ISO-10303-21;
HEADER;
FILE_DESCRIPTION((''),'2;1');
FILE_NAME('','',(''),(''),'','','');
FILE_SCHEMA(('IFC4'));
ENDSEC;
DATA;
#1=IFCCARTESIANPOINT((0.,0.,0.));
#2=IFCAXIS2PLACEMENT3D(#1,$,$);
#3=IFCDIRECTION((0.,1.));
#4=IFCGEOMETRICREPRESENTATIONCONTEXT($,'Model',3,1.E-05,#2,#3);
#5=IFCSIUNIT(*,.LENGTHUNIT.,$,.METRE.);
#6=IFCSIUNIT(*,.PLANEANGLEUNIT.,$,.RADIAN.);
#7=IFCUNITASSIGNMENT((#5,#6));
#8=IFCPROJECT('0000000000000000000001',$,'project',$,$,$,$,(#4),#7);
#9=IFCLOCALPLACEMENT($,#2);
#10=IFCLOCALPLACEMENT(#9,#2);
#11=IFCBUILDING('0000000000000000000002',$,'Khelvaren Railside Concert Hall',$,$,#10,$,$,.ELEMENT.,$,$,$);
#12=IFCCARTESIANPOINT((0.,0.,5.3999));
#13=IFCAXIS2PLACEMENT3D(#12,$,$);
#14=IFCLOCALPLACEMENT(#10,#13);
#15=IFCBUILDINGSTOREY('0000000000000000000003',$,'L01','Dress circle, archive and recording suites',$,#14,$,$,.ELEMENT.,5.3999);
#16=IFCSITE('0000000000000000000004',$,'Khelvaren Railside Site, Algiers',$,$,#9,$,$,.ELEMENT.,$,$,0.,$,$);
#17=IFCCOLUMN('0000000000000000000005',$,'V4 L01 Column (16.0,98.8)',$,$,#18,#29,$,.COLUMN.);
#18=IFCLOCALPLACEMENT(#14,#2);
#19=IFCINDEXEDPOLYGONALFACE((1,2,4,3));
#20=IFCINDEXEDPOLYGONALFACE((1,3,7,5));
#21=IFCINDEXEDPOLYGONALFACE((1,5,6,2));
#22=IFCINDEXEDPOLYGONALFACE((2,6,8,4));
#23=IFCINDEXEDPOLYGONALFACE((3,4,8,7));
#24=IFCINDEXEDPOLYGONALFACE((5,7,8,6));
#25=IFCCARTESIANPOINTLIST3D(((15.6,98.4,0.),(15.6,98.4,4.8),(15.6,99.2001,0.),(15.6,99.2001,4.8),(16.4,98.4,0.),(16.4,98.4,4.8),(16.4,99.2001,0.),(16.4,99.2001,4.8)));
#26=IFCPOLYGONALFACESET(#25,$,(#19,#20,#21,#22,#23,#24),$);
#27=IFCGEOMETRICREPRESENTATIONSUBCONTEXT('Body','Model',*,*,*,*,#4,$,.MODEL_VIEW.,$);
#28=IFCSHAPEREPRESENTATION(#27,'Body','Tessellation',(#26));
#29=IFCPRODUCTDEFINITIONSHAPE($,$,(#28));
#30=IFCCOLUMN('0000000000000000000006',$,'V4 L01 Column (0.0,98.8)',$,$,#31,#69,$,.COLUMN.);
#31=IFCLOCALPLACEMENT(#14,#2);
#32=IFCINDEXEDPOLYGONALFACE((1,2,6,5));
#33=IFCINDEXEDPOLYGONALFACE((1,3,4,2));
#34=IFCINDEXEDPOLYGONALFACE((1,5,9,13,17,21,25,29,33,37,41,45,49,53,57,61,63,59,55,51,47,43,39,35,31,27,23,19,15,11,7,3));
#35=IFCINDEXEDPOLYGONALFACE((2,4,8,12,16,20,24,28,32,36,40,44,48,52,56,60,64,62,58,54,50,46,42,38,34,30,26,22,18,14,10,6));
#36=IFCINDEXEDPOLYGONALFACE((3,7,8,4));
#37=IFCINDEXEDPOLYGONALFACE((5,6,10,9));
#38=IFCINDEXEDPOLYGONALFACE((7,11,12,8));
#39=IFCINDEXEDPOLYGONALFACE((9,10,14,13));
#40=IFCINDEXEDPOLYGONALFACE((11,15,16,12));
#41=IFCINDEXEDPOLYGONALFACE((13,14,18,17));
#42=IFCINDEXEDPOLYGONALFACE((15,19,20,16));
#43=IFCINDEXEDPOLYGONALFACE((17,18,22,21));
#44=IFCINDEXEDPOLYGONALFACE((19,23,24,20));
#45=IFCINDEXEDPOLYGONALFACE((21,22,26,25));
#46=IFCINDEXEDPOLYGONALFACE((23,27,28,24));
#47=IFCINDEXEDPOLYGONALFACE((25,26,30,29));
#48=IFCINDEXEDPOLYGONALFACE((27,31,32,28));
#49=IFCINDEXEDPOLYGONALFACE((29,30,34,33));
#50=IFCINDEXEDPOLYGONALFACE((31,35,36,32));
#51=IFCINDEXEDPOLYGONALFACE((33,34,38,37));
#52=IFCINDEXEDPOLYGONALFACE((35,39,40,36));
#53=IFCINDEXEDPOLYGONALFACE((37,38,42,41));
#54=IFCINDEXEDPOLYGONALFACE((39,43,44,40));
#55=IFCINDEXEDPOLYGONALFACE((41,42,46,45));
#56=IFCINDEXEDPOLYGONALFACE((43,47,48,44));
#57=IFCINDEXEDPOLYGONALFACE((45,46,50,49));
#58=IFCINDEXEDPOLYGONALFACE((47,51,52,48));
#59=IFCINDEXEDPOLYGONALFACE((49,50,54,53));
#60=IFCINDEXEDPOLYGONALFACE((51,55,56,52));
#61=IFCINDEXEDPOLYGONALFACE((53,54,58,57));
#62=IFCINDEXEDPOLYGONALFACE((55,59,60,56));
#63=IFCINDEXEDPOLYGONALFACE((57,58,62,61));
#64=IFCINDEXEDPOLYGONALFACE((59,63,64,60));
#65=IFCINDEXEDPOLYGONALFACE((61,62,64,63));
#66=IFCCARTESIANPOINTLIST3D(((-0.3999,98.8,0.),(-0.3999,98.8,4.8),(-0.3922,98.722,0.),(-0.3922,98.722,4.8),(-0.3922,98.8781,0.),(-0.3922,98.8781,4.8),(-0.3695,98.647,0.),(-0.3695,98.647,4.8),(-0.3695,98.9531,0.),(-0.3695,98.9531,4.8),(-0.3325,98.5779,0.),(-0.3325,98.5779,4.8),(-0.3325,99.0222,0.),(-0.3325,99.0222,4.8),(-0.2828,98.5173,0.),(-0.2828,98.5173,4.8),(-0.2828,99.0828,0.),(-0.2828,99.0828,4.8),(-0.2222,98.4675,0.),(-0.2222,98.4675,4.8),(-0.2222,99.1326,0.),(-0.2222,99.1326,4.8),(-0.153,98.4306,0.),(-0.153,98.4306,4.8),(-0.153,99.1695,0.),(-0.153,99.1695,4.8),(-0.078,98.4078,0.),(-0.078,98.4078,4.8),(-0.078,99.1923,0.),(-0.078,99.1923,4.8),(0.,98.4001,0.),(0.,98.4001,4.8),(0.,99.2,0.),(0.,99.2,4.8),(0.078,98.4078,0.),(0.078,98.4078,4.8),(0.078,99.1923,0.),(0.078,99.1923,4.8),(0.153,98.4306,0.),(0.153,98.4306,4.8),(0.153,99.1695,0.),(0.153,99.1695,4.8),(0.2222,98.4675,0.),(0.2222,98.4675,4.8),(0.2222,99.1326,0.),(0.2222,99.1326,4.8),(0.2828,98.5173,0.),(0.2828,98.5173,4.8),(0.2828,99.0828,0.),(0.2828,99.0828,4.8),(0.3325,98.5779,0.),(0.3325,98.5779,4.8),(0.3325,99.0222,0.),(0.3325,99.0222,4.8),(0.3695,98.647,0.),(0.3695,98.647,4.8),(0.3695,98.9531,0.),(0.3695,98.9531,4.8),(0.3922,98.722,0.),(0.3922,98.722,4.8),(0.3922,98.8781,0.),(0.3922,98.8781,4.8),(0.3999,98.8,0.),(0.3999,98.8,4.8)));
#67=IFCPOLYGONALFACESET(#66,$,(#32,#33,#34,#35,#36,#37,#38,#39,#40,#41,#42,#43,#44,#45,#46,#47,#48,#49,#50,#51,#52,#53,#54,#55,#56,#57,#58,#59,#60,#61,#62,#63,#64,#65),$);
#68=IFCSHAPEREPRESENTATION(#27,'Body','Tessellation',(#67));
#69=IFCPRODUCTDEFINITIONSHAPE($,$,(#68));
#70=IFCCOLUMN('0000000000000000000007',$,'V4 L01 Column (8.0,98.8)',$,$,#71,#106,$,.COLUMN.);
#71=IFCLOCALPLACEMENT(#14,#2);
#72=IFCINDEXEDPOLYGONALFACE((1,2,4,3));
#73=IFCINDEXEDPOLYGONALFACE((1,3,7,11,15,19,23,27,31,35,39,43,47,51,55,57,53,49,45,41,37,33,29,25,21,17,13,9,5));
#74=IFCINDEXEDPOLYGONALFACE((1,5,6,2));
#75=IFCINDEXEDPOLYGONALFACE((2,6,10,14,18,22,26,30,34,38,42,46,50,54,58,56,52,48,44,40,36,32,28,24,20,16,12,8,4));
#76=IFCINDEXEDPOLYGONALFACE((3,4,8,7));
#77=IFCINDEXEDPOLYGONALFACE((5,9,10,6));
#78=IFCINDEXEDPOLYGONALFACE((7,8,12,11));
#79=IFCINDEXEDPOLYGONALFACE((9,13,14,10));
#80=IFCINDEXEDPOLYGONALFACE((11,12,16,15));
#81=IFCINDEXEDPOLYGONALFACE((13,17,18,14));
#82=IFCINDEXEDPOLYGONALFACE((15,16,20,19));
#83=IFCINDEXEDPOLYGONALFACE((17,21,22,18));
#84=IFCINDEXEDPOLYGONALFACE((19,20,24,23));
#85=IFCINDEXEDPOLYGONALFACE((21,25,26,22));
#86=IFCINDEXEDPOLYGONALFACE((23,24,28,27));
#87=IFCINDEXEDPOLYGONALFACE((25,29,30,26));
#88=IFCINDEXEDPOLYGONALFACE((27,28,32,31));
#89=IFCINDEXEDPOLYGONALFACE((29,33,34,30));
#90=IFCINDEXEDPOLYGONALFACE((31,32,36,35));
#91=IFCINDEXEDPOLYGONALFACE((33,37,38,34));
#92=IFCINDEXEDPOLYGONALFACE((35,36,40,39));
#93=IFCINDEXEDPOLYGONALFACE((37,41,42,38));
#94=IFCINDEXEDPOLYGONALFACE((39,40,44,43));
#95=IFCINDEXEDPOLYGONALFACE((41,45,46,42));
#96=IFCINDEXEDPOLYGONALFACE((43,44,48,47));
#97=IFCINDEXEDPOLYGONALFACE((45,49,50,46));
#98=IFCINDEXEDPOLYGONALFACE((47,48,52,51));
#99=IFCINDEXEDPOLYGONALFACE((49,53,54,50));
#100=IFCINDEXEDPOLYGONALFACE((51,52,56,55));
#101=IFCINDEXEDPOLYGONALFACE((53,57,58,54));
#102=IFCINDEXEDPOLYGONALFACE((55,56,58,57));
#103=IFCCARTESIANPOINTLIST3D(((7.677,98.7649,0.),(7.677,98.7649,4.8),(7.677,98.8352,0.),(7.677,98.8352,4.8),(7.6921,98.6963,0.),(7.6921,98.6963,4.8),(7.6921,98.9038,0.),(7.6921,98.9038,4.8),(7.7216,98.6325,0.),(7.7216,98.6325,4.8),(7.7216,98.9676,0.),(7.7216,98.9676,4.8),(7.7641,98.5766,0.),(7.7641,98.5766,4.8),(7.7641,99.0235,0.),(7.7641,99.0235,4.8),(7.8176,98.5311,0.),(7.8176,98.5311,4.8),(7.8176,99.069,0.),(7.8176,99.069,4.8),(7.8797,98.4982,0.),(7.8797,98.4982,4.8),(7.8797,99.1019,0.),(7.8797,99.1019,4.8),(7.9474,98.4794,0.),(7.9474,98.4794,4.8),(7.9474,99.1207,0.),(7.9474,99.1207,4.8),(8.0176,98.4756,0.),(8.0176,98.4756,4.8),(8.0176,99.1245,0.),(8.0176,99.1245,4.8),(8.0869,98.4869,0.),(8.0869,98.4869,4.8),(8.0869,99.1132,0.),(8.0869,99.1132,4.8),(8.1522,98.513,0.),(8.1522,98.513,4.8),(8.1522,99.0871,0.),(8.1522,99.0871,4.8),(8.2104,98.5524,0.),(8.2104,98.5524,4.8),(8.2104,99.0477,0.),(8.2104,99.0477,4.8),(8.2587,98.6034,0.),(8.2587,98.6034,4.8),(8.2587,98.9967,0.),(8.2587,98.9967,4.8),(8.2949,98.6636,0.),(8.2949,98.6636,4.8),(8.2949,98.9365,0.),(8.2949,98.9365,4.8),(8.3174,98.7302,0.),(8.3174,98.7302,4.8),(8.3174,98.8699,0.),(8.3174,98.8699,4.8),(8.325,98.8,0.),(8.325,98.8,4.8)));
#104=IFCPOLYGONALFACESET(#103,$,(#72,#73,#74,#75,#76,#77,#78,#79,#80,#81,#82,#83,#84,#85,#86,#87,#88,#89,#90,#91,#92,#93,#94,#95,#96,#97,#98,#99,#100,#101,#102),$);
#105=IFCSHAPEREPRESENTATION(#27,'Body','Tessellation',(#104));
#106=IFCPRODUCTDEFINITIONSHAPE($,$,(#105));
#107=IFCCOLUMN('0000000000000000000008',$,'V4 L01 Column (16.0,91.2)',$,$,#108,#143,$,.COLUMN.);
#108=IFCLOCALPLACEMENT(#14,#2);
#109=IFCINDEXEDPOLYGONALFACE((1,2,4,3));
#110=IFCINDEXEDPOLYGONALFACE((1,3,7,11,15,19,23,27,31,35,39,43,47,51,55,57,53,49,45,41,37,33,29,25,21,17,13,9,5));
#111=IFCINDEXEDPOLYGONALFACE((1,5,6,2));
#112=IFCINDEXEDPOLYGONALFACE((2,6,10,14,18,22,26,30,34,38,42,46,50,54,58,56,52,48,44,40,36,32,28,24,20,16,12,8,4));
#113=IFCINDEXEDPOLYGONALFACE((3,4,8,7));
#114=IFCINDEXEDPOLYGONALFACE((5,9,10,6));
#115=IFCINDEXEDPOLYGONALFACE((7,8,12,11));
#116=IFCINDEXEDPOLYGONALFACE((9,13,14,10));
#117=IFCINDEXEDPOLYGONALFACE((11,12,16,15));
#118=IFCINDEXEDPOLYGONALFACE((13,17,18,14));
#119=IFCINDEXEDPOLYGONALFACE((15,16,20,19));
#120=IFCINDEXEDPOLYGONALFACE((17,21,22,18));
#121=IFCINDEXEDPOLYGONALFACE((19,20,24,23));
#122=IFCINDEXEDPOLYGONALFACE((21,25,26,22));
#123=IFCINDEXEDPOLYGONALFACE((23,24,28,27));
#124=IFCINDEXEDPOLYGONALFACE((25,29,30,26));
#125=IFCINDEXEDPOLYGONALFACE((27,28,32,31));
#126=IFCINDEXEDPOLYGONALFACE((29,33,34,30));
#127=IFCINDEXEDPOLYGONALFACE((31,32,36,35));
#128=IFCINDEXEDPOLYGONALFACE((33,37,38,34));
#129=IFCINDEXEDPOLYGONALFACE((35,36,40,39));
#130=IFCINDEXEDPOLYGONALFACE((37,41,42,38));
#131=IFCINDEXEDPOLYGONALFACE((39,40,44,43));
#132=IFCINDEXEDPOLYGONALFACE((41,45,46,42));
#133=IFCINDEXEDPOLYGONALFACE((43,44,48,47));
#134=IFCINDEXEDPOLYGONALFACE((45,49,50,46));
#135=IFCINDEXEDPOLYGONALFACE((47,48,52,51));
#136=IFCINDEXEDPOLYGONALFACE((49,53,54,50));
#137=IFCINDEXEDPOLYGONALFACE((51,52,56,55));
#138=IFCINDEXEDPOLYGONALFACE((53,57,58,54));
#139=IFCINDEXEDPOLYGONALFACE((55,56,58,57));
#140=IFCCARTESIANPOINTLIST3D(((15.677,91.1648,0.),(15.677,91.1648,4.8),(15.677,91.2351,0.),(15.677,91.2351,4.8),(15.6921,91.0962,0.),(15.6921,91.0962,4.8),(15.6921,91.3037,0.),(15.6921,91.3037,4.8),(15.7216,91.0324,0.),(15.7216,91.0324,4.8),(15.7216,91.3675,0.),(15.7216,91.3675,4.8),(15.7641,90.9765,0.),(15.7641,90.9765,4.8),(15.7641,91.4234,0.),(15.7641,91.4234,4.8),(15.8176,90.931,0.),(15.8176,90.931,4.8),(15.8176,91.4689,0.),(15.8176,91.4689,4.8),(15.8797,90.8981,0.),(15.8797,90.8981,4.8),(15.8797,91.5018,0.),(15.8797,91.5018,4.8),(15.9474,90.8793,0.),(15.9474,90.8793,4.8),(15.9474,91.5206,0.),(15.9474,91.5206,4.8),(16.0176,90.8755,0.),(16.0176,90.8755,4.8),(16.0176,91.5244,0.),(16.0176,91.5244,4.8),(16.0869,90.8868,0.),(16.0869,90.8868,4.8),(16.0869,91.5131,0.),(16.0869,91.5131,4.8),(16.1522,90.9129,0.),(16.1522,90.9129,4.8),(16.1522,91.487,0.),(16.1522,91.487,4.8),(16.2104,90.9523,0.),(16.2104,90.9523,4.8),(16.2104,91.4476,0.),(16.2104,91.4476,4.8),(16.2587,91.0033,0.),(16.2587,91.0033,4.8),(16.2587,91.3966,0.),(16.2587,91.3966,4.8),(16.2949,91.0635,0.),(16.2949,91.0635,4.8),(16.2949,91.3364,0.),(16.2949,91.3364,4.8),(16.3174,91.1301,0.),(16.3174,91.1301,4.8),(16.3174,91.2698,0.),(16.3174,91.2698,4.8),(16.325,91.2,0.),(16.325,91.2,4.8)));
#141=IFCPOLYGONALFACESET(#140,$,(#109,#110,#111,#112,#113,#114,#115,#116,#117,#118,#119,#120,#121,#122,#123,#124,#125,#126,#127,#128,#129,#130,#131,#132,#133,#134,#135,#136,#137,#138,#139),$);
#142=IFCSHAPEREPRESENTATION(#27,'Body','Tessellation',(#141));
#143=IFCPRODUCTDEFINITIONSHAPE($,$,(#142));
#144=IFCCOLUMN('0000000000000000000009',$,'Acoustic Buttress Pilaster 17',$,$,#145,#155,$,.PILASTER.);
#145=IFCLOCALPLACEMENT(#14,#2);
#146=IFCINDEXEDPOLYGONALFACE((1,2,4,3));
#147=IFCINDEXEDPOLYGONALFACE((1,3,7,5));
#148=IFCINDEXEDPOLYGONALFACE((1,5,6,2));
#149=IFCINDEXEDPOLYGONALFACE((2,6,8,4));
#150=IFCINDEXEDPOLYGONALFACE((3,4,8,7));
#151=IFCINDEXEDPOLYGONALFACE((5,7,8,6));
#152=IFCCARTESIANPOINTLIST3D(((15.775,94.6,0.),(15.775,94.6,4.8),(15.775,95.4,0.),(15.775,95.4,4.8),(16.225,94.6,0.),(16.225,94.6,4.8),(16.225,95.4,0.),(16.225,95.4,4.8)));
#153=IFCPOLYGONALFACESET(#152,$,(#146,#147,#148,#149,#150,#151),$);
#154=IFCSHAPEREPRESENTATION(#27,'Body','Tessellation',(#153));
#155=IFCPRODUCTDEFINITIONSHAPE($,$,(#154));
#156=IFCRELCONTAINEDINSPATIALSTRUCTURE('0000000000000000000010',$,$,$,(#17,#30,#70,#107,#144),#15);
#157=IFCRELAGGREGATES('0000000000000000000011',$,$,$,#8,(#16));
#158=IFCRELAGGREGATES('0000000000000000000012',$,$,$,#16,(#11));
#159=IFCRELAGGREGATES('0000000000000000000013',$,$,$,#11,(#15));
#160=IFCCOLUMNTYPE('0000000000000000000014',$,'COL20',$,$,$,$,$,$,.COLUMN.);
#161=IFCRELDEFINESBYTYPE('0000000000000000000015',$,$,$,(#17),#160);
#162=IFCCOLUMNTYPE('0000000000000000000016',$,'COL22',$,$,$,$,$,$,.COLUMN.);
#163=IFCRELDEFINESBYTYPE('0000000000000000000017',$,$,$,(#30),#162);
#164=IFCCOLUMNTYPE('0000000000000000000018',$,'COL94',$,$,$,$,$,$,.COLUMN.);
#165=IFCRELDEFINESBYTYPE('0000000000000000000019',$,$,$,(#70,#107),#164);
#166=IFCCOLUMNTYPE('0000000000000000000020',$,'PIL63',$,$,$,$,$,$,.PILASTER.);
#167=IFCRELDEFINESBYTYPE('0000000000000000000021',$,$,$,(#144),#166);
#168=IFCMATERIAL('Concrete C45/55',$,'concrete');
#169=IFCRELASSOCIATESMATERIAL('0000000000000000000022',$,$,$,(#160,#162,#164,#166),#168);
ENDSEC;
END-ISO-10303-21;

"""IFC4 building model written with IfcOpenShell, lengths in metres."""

from ifc_helpers import new_model, si_unit, direction, frame, origin, origin_2d, place, context, subcontext, project, spatial, rectangle, circle, extrude, material, material_profile, profile_set, type_object, element, save


model = new_model("IFC4")

# Units and contexts
model_context = context("Model", 3, precision=1e-05, world=origin(), true_north=direction((0.0, 1.0)))
body_context = subcontext(model_context, "Body", "Model", "MODEL_VIEW")
ifc_project = project(units=[si_unit("LENGTHUNIT", "METRE"), si_unit("PLANEANGLEUNIT", "RADIAN")], contexts=[model_context])

# Site, building, storey
site_placement = place(None, origin())
site = spatial("IfcSite", under=ifc_project, at=site_placement, Name="Khelvaren Railside Site, Algiers", CompositionType="ELEMENT", RefElevation=0.0)
building_placement = place(site_placement, origin())
building = spatial("IfcBuilding", under=site, at=building_placement, Name="Khelvaren Railside Concert Hall", CompositionType="ELEMENT")
storey_placement = place(building_placement, frame((0.0, 0.0, 5.3999)))
storey = spatial("IfcBuildingStorey", under=building, at=storey_placement, Name="L01", Description="Dress circle, archive and recording suites", CompositionType="ELEMENT", Elevation=5.3999)

# Columns
ifc_material_1 = material(Name="Concrete C45/55", Category="concrete")
ifc_material_profile_1 = material_profile(ifc_material_1, rectangle(XDim=0.8, YDim=0.8, at=origin_2d()), Name="RC 800x800")
ifc_profile_set_1 = profile_set([ifc_material_profile_1], Name="Concrete C45/55")
column_type_1 = type_object("IfcColumnType", Name="COL20", PredefinedType="COLUMN", material=ifc_profile_set_1)
column_1_placement = place(storey_placement, frame((16.0, 98.8, 0.0), z_axis=(0.0, 0.0, 1.0), x_axis=(1.0, 0.0, 0.0)))
element("IfcColumn", 1, at=column_1_placement, inside=storey, type_object=column_type_1, Name="V4 L01 Column (16.0,98.8)", PredefinedType="COLUMN", context=body_context, shape_type="SweptSolid", body=[
    extrude(rectangle(XDim=0.8, YDim=0.8, at=origin_2d()), origin(), (0.0, 0.0, 1.0), 4.8),
])
ifc_material_profile_2 = material_profile(ifc_material_1, circle(Radius=0.3999, at=origin_2d()), Name="RC D800")
ifc_profile_set_2 = profile_set([ifc_material_profile_2], Name="Concrete C45/55")
column_type_2 = type_object("IfcColumnType", Name="COL22", PredefinedType="COLUMN", material=ifc_profile_set_2)
column_2_placement = place(storey_placement, frame((0.0, 98.8, 0.0), z_axis=(0.0, 0.0, 1.0), x_axis=(1.0, 0.0, 0.0)))
element("IfcColumn", 2, at=column_2_placement, inside=storey, type_object=column_type_2, Name="V4 L01 Column (0.0,98.8)", PredefinedType="COLUMN", context=body_context, shape_type="SweptSolid", body=[
    extrude(circle(Radius=0.3999, at=origin_2d()), origin(), (0.0, 0.0, 1.0), 4.8),
])
ifc_material_profile_3 = material_profile(ifc_material_1, circle(Radius=0.325, at=origin_2d()), Name="RC D650")
ifc_profile_set_3 = profile_set([ifc_material_profile_3], Name="Concrete C45/55")
column_type_3 = type_object("IfcColumnType", Name="COL94", PredefinedType="COLUMN", material=ifc_profile_set_3)
for number, where, z_axis, x_axis, name in (
    (3, (8.0, 98.8, 0.0), (0.0, 0.0, 1.0), (1.0, 0.0, 0.0), "V4 L01 Column (8.0,98.8)"),
    (4, (16.0, 91.2, 0.0), (0.0, 0.0, 1.0), (1.0, 0.0, 0.0), "V4 L01 Column (16.0,91.2)"),
):
    element("IfcColumn", number, at=place(storey_placement, frame(where, z_axis=z_axis, x_axis=x_axis)), inside=storey, type_object=column_type_3, Name=name, PredefinedType="COLUMN", context=body_context, shape_type="SweptSolid", body=[
        extrude(circle(Radius=0.325, at=origin_2d()), origin(), (0.0, 0.0, 1.0), 4.8),
    ])
ifc_material_profile_4 = material_profile(ifc_material_1, rectangle(XDim=0.45, YDim=0.8, at=origin_2d()), Name="PIL 450x800")
ifc_profile_set_4 = profile_set([ifc_material_profile_4], Name="Concrete C45/55")
column_type_4 = type_object("IfcColumnType", Name="PIL63", PredefinedType="PILASTER", material=ifc_profile_set_4)
column_3_placement = place(storey_placement, frame((16.0, 95.0, 0.0), z_axis=(0.0, 0.0, 1.0), x_axis=(1.0, 0.0, 0.0)))
element("IfcColumn", 5, at=column_3_placement, inside=storey, type_object=column_type_4, Name="Acoustic Buttress Pilaster 17", PredefinedType="PILASTER", context=body_context, shape_type="SweptSolid", body=[
    extrude(rectangle(XDim=0.45, YDim=0.8, at=origin_2d()), origin(), (0.0, 0.0, 1.0), 4.8),
])

save(model, "model.ifc")
